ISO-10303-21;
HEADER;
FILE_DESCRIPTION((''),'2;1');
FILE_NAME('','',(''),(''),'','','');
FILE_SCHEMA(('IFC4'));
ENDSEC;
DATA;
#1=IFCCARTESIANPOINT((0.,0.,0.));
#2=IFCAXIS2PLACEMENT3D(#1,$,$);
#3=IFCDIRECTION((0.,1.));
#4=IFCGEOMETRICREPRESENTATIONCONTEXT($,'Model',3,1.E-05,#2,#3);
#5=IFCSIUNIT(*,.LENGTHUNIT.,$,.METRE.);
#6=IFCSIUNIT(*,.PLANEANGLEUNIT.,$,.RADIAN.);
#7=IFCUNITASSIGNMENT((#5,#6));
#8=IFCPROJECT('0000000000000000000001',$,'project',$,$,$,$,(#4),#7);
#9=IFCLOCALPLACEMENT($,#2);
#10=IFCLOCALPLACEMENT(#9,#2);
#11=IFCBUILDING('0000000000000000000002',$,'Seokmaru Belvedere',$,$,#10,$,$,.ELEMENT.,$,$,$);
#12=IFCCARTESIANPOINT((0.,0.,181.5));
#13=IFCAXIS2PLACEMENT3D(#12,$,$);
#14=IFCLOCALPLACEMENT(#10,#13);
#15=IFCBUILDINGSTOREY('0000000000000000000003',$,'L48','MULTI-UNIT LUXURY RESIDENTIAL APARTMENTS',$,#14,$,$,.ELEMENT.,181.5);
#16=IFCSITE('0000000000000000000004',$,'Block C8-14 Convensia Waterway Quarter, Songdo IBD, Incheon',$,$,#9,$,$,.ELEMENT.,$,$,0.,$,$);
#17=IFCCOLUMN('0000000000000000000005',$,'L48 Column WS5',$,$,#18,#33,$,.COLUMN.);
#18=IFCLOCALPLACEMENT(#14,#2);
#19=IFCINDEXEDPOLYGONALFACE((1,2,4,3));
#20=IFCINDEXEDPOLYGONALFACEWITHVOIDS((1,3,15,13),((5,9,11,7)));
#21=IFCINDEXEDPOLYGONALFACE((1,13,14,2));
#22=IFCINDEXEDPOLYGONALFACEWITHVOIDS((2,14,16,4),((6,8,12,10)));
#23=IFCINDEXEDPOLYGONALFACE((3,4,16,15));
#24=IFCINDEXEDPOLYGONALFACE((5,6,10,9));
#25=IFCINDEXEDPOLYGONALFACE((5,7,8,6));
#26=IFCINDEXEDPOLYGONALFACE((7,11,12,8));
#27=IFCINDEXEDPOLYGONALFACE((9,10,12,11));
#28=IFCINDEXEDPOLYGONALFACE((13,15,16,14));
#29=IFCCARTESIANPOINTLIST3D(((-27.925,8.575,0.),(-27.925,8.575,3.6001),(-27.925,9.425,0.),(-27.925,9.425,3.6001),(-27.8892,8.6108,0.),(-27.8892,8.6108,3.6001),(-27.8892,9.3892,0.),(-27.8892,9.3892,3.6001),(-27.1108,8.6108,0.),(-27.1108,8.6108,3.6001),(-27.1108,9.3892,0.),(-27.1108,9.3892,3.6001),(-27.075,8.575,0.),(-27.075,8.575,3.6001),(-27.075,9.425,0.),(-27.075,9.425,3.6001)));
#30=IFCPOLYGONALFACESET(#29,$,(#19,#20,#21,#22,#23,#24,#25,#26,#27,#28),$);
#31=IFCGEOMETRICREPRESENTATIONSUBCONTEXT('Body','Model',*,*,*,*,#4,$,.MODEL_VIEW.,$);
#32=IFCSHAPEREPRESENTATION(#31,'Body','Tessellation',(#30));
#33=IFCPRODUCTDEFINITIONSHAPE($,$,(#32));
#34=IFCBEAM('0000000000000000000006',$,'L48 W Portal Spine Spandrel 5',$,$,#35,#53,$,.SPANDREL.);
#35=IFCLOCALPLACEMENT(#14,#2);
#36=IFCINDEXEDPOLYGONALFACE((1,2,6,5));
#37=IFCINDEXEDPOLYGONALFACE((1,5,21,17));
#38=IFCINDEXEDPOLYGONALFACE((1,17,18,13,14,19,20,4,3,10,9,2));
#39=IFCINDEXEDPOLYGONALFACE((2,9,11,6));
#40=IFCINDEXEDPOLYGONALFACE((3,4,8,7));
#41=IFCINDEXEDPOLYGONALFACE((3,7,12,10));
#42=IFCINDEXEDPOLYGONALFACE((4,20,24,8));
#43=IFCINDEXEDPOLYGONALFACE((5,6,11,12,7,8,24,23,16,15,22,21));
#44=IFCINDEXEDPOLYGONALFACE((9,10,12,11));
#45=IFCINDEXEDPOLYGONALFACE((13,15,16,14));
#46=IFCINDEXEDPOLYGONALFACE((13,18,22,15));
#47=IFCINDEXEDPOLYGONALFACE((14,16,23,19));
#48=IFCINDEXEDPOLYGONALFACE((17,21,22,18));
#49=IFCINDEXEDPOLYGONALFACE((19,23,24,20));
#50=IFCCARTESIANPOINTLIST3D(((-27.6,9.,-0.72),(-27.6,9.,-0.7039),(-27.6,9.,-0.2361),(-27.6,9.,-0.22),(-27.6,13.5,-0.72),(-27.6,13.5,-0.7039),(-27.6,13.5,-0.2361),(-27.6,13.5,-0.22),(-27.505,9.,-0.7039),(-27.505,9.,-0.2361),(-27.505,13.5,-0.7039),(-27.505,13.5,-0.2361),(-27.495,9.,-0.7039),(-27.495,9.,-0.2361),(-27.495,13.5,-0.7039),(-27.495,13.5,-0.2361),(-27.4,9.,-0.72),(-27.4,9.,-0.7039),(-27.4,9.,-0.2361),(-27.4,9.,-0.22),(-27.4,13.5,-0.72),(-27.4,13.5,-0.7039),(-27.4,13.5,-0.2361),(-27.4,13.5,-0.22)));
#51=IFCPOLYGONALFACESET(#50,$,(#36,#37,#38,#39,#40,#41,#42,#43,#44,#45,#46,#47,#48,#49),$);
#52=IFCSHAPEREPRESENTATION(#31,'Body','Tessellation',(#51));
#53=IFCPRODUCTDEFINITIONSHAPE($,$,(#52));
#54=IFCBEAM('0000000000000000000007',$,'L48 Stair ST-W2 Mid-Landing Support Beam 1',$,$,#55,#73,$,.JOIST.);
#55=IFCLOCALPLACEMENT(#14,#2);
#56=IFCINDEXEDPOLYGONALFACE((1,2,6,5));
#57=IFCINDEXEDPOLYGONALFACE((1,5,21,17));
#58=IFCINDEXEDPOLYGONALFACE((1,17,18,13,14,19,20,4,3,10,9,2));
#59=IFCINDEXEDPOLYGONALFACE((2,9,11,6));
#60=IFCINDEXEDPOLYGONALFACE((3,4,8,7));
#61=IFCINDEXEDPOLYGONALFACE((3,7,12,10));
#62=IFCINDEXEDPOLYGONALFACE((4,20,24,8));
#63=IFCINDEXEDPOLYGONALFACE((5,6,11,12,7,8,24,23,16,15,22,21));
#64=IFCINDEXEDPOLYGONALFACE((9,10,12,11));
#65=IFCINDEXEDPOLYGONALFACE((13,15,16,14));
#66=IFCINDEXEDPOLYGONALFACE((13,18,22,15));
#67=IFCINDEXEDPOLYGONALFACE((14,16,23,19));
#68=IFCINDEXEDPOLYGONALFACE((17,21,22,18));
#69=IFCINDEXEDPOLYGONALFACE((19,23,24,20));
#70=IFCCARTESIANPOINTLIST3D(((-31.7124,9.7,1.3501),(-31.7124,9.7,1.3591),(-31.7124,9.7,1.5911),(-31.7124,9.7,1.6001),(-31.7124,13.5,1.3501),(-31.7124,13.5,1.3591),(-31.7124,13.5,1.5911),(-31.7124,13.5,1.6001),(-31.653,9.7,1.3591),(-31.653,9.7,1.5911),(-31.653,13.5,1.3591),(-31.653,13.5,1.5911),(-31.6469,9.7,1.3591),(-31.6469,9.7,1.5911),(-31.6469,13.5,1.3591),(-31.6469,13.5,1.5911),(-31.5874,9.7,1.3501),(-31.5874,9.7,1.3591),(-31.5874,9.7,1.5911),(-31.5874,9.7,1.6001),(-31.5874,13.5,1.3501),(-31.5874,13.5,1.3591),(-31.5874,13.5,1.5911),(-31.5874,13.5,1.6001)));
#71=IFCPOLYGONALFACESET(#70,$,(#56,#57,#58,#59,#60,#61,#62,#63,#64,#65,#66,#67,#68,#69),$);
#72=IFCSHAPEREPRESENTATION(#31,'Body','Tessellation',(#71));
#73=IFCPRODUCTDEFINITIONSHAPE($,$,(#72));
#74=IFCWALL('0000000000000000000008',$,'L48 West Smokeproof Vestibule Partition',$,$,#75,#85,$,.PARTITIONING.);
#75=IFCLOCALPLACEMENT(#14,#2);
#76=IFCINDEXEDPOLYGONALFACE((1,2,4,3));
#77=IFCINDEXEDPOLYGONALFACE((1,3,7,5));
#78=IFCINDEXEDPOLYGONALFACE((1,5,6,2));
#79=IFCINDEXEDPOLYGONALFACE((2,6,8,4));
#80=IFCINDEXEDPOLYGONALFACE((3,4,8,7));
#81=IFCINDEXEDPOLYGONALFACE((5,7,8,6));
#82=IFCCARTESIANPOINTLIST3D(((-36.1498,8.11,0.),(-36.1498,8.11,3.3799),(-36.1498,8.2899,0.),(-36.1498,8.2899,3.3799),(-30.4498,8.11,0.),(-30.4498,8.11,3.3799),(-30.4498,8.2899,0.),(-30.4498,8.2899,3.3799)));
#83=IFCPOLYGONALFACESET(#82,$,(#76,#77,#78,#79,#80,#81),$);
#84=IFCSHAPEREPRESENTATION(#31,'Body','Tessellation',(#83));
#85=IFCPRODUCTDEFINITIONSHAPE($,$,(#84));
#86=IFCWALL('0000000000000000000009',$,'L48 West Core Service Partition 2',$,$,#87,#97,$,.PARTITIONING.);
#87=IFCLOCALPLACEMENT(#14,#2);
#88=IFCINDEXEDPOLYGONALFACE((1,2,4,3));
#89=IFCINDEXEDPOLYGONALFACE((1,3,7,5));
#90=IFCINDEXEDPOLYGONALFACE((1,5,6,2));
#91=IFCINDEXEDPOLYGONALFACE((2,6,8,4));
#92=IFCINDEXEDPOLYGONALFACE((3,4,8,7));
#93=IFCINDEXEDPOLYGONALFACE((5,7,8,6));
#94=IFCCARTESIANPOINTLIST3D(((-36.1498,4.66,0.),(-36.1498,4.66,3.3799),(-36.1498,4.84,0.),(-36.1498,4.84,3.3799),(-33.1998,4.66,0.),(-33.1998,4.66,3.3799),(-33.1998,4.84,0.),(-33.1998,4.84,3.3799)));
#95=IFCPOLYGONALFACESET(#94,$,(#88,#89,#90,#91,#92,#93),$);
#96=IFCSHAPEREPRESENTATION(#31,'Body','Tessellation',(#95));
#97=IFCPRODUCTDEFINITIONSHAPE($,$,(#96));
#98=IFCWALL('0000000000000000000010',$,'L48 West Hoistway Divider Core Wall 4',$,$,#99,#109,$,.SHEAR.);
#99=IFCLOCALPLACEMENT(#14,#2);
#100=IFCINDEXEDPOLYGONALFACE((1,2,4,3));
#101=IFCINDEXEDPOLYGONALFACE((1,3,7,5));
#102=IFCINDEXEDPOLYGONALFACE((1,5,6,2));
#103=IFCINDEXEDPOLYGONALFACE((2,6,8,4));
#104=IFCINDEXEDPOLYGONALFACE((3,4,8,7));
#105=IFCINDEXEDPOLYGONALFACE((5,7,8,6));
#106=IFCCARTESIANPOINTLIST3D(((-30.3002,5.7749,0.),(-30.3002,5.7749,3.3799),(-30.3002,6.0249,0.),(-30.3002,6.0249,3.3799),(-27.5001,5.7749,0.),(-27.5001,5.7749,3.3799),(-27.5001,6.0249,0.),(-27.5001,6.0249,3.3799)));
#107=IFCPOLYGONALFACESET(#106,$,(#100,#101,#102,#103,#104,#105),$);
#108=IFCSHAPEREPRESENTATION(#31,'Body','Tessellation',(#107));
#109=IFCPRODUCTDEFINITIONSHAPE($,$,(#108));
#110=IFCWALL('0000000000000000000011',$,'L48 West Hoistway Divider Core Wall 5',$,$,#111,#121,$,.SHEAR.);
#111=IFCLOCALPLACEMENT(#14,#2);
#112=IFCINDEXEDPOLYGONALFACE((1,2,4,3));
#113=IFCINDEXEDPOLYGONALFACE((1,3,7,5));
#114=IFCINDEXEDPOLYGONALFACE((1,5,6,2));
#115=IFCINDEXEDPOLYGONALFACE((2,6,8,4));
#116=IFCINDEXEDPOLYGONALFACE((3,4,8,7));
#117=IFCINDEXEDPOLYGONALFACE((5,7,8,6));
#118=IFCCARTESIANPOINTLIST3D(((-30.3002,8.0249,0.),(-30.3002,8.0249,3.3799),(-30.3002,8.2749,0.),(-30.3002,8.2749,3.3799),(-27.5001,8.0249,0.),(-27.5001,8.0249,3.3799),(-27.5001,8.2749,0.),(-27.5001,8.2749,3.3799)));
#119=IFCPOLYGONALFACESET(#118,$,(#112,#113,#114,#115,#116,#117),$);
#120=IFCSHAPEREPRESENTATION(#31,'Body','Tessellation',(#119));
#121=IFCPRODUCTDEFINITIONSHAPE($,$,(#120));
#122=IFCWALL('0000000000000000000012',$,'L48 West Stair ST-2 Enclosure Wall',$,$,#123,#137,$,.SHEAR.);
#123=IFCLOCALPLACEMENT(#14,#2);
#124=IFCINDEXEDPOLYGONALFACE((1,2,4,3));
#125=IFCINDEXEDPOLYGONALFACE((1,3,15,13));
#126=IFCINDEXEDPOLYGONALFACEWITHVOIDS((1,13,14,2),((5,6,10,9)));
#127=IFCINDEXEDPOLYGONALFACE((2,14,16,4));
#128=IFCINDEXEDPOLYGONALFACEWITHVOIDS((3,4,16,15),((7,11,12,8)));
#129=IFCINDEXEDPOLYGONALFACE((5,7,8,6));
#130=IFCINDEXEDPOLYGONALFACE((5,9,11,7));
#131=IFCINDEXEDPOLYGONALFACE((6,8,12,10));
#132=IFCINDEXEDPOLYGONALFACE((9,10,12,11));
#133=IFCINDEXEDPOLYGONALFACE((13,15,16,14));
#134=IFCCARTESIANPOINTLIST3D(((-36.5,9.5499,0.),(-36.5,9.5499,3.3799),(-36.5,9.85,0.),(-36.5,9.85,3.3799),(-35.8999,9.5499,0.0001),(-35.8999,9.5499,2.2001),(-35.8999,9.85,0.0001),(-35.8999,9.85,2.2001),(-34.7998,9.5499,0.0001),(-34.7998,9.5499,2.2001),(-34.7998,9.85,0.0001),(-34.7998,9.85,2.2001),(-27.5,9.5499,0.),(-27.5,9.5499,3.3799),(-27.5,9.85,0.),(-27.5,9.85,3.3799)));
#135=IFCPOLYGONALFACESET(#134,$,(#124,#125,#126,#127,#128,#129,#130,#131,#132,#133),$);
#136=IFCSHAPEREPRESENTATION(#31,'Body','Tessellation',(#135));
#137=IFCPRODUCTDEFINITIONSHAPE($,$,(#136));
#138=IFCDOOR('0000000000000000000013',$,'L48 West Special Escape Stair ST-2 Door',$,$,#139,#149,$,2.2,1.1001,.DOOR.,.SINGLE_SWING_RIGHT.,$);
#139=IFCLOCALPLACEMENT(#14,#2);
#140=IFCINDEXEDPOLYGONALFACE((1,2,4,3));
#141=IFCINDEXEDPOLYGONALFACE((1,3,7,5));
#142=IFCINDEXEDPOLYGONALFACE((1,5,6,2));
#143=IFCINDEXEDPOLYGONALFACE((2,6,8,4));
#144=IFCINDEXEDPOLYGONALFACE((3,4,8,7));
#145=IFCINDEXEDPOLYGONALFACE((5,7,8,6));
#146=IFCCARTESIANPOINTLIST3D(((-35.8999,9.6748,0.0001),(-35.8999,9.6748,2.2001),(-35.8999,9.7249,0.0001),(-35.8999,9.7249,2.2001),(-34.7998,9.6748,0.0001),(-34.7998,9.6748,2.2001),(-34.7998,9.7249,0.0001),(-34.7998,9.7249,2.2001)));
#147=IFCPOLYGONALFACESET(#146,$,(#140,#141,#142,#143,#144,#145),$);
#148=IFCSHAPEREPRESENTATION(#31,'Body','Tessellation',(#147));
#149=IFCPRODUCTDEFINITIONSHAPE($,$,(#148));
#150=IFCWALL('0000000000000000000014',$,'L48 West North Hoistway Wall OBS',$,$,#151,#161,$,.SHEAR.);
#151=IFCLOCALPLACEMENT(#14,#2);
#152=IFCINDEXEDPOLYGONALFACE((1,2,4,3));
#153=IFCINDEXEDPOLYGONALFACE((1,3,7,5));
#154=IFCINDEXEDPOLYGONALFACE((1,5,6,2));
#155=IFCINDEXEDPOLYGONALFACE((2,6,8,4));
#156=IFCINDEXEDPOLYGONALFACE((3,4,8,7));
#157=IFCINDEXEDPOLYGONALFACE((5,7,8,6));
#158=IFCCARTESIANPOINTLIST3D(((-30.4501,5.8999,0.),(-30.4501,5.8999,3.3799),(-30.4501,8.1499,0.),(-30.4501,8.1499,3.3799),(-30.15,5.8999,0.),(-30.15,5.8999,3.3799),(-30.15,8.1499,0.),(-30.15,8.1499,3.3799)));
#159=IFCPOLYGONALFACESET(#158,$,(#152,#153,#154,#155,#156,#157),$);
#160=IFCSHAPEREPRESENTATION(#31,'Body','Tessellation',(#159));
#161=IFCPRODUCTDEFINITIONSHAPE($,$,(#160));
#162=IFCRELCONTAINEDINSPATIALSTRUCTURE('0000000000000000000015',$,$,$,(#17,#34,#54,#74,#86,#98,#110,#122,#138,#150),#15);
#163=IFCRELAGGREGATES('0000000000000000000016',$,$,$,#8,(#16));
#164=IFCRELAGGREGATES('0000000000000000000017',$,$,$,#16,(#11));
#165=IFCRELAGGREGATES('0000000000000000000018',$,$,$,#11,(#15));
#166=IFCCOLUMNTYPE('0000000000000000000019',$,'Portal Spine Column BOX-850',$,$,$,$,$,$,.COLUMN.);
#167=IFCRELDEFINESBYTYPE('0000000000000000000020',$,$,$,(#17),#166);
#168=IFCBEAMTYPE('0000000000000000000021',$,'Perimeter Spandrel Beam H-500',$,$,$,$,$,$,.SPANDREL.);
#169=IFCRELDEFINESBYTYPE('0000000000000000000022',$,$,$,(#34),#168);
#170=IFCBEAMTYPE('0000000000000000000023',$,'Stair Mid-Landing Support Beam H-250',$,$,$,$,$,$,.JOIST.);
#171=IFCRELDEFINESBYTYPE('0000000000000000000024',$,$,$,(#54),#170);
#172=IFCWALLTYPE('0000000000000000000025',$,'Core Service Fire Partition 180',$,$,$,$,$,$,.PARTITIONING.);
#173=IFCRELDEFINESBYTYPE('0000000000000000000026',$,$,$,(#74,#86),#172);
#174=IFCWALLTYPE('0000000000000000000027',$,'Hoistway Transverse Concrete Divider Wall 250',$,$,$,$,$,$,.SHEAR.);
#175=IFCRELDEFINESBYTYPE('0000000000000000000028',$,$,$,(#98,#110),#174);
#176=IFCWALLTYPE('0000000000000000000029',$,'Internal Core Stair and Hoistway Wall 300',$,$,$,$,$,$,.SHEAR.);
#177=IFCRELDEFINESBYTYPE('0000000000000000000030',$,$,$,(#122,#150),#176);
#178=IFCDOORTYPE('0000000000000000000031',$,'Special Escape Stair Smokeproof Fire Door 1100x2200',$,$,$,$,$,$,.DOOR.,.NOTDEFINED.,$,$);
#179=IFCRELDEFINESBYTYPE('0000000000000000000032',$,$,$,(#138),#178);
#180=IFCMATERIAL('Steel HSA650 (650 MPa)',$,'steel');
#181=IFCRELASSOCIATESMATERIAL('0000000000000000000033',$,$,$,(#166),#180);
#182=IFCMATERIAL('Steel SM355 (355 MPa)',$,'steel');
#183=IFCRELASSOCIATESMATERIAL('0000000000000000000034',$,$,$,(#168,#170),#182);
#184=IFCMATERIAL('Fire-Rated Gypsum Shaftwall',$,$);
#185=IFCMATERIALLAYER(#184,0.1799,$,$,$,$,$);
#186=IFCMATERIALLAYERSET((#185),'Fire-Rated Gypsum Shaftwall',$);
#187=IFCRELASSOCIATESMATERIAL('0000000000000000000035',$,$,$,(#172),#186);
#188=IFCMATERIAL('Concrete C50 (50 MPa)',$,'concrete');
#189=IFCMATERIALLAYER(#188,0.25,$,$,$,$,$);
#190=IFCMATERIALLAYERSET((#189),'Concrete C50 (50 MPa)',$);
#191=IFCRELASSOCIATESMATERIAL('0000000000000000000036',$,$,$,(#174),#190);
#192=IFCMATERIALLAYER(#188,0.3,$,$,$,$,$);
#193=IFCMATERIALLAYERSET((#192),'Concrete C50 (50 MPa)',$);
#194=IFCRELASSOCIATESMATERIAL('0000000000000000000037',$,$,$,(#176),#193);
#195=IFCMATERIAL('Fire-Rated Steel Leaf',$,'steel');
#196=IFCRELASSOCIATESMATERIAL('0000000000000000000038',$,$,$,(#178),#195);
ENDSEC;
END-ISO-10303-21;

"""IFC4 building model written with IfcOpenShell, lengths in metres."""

from ifc_helpers import new_model, si_unit, direction, frame, frame_2d, origin, origin_2d, place, context, subcontext, project, spatial, rectangle, hollow_rectangle, i_section, extrude, source, transform, mapped, material, layer, layer_set, material_profile, profile_set, type_object, type_shapes, element, fill, save


model = new_model("IFC4")

# Units and contexts
model_context = context("Model", 3, precision=1e-05, world=origin(), true_north=direction((0.0, 1.0)))
body_context = subcontext(model_context, "Body", "Model", "MODEL_VIEW")
ifc_project = project(units=[si_unit("LENGTHUNIT", "METRE"), si_unit("PLANEANGLEUNIT", "RADIAN")], contexts=[model_context])

# Site, building, storey
site_placement = place(None, origin())
site = spatial("IfcSite", under=ifc_project, at=site_placement, Name="Block C8-14 Convensia Waterway Quarter, Songdo IBD, Incheon", CompositionType="ELEMENT", RefElevation=0.0)
building_placement = place(site_placement, origin())
building = spatial("IfcBuilding", under=site, at=building_placement, Name="Seokmaru Belvedere", CompositionType="ELEMENT")
storey_placement = place(building_placement, frame((0.0, 0.0, 181.5)))
storey = spatial("IfcBuildingStorey", under=building, at=storey_placement, Name="L48", Description="MULTI-UNIT LUXURY RESIDENTIAL APARTMENTS", CompositionType="ELEMENT", Elevation=181.5)

# Column
ifc_material_1 = material(Name="Steel HSA650 (650 MPa)", Category="steel")
ifc_material_profile_1 = material_profile(ifc_material_1, hollow_rectangle(XDim=0.8501, YDim=0.8501, WallThickness=0.0359, at=origin_2d()), Name="BOX-850x850x36")
ifc_profile_set_1 = profile_set([ifc_material_profile_1], Name="Steel HSA650 (650 MPa)")
column_type = type_object("IfcColumnType", Name="Portal Spine Column BOX-850", PredefinedType="COLUMN", material=ifc_profile_set_1)
shared_shape_1 = source(origin(), body_context, "Body", "SweptSolid", [
    extrude(hollow_rectangle(XDim=0.8501, YDim=0.8501, WallThickness=0.0359, at=origin_2d()), origin(), (0.0, 0.0, 1.0), 3.6001),
])
type_shapes(column_type, [shared_shape_1])
column_placement = place(storey_placement, frame((-27.5, 9.0, 0.0), z_axis=(0.0, 0.0, 1.0), x_axis=(1.0, 0.0, 0.0)))
element("IfcColumn", 1, at=column_placement, inside=storey, type_object=column_type, Name="L48 Column WS5", PredefinedType="COLUMN", context=body_context, shape_type="MappedRepresentation", body=[
    mapped(shared_shape_1, transform((0.0, 0.0, 0.0), scale=1.0)),
])

# Beams
ifc_material_2 = material(Name="Steel SM355 (355 MPa)", Category="steel")
ifc_material_profile_2 = material_profile(ifc_material_2, i_section(OverallWidth=0.2, OverallDepth=0.5, WebThickness=0.01, FlangeThickness=0.0161, at=origin_2d()), Name="H-500x200x10x16")
ifc_profile_set_2 = profile_set([ifc_material_profile_2], Name="Steel SM355 (355 MPa)")
beam_type_1 = type_object("IfcBeamType", Name="Perimeter Spandrel Beam H-500", PredefinedType="SPANDREL", material=ifc_profile_set_2)
shared_shape_2 = source(origin(), body_context, "Body", "SweptSolid", [
    extrude(i_section(OverallWidth=0.2, OverallDepth=0.5, WebThickness=0.01, FlangeThickness=0.0161, at=origin_2d()), origin(), (0.0, 0.0, 1.0), 4.5),
])
type_shapes(beam_type_1, [shared_shape_2])
beam_1_placement = place(storey_placement, frame((-27.5, 9.0, -0.47), z_axis=(0.0, 1.0, 0.0), x_axis=(-1.0, 0.0, 0.0)))
element("IfcBeam", 2, at=beam_1_placement, inside=storey, type_object=beam_type_1, Name="L48 W Portal Spine Spandrel 5", PredefinedType="SPANDREL", context=body_context, shape_type="MappedRepresentation", body=[
    mapped(shared_shape_2, transform((0.0, 0.0, 0.0), scale=1.0)),
])
ifc_material_profile_3 = material_profile(ifc_material_2, i_section(OverallWidth=0.125, OverallDepth=0.25, WebThickness=0.0061, FlangeThickness=0.009, at=origin_2d()), Name="H-250x125x6x9")
ifc_profile_set_3 = profile_set([ifc_material_profile_3], Name="Steel SM355 (355 MPa)")
beam_type_2 = type_object("IfcBeamType", Name="Stair Mid-Landing Support Beam H-250", PredefinedType="JOIST", material=ifc_profile_set_3)
shared_shape_3 = source(origin(), body_context, "Body", "SweptSolid", [
    extrude(i_section(OverallWidth=0.125, OverallDepth=0.25, WebThickness=0.0061, FlangeThickness=0.009, at=origin_2d()), origin(), (0.0, 0.0, 1.0), 3.8),
])
type_shapes(beam_type_2, [shared_shape_3])
beam_2_placement = place(storey_placement, frame((-31.6499, 9.7, 1.4751), z_axis=(0.0, 1.0, 0.0), x_axis=(-1.0, 0.0, 0.0)))
element("IfcBeam", 3, at=beam_2_placement, inside=storey, type_object=beam_type_2, Name="L48 Stair ST-W2 Mid-Landing Support Beam 1", PredefinedType="JOIST", context=body_context, shape_type="MappedRepresentation", body=[
    mapped(shared_shape_3, transform((0.0, 0.0, 0.0), scale=1.0)),
])

# Walls
ifc_material_3 = material(Name="Fire-Rated Gypsum Shaftwall")
ifc_layer_1 = layer(ifc_material_3, 0.1799)
ifc_layer_set_1 = layer_set([ifc_layer_1], Name="Fire-Rated Gypsum Shaftwall")
wall_type_1 = type_object("IfcWallType", Name="Core Service Fire Partition 180", PredefinedType="PARTITIONING", material=ifc_layer_set_1)
wall_1_placement = place(storey_placement, frame((-36.1499, 8.2, 0.0), z_axis=(0.0, 0.0, 1.0), x_axis=(1.0, 0.0, 0.0)))
element("IfcWall", 4, at=wall_1_placement, inside=storey, type_object=wall_type_1, Name="L48 West Smokeproof Vestibule Partition", PredefinedType="PARTITIONING", context=body_context, shape_type="SweptSolid", body=[
    extrude(rectangle(XDim=5.7, YDim=0.1799, at=frame_2d((2.8501, 0.0))), origin(), (0.0, 0.0, 1.0), 3.3799),
])
wall_2_placement = place(storey_placement, frame((-36.1499, 4.75, 0.0), z_axis=(0.0, 0.0, 1.0), x_axis=(1.0, 0.0, 0.0)))
element("IfcWall", 5, at=wall_2_placement, inside=storey, type_object=wall_type_1, Name="L48 West Core Service Partition 2", PredefinedType="PARTITIONING", context=body_context, shape_type="SweptSolid", body=[
    extrude(rectangle(XDim=2.95, YDim=0.1799, at=frame_2d((1.4751, 0.0))), origin(), (0.0, 0.0, 1.0), 3.3799),
])
ifc_material_4 = material(Name="Concrete C50 (50 MPa)", Category="concrete")
ifc_layer_2 = layer(ifc_material_4, 0.25)
ifc_layer_set_2 = layer_set([ifc_layer_2], Name="Concrete C50 (50 MPa)")
wall_type_2 = type_object("IfcWallType", Name="Hoistway Transverse Concrete Divider Wall 250", PredefinedType="SHEAR", material=ifc_layer_set_2)
for number, where, z_axis, x_axis, name in (
    (6, (-30.3, 5.8999, 0.0), (0.0, 0.0, 1.0), (1.0, 0.0, 0.0), "L48 West Hoistway Divider Core Wall 4"),
    (7, (-30.3, 8.1499, 0.0), (0.0, 0.0, 1.0), (1.0, 0.0, 0.0), "L48 West Hoistway Divider Core Wall 5"),
):
    element("IfcWall", number, at=place(storey_placement, frame(where, z_axis=z_axis, x_axis=x_axis)), inside=storey, type_object=wall_type_2, Name=name, PredefinedType="SHEAR", context=body_context, shape_type="SweptSolid", body=[
        extrude(rectangle(XDim=2.8, YDim=0.25, at=frame_2d((1.3999, 0.0))), origin(), (0.0, 0.0, 1.0), 3.3799),
    ])

# Wall, opening, door
ifc_layer_3 = layer(ifc_material_4, 0.3)
ifc_layer_set_3 = layer_set([ifc_layer_3], Name="Concrete C50 (50 MPa)")
wall_type_3 = type_object("IfcWallType", Name="Internal Core Stair and Hoistway Wall 300", PredefinedType="SHEAR", material=ifc_layer_set_3)
wall_3_placement = place(storey_placement, frame((-36.5, 9.7, 0.0), z_axis=(0.0, 0.0, 1.0), x_axis=(1.0, 0.0, 0.0)))
wall_3 = element("IfcWall", 8, at=wall_3_placement, inside=storey, type_object=wall_type_3, Name="L48 West Stair ST-2 Enclosure Wall", PredefinedType="SHEAR", context=body_context, shape_type="SweptSolid", body=[
    extrude(rectangle(XDim=9.0, YDim=0.3, at=frame_2d((4.5, 0.0))), origin(), (0.0, 0.0, 1.0), 3.3799),
])
opening_1_placement = place(wall_3_placement, frame((0.6001, 0.0, 0.0)))
opening_1 = element("IfcOpeningElement", 9, at=opening_1_placement, cuts=wall_3, PredefinedType="OPENING", context=body_context, shape_type="SweptSolid", body=[
    extrude(rectangle(XDim=1.1001, YDim=2.2, at=frame_2d((0.55, 1.1001))), frame((0.0, 0.1602, 0.0), z_axis=(0.0, -1.0, 0.0), x_axis=(1.0, 0.0, 0.0)), (0.0, 0.0, 1.0), 0.3201),
])
ifc_material_5 = material(Name="Fire-Rated Steel Leaf", Category="steel")
door_type_1 = type_object("IfcDoorType", Name="Special Escape Stair Smokeproof Fire Door 1100x2200", OperationType="NOTDEFINED", PredefinedType="DOOR", material=ifc_material_5)
shared_shape_4 = source(origin(), body_context, "Body", "SweptSolid", [
    extrude(rectangle(XDim=1.1001, YDim=2.2, at=frame_2d((0.55, 1.1001))), frame((0.0, 0.0249, 0.0), z_axis=(0.0, -1.0, 0.0), x_axis=(1.0, 0.0, 0.0)), (0.0, 0.0, 1.0), 0.05),
])
type_shapes(door_type_1, [shared_shape_4])
door_1_placement = place(opening_1_placement, origin())
door_1 = element("IfcDoor", 10, at=door_1_placement, inside=storey, type_object=door_type_1, Name="L48 West Special Escape Stair ST-2 Door", OperationType="SINGLE_SWING_RIGHT", OverallHeight=2.2, OverallWidth=1.1001, PredefinedType="DOOR", context=body_context, shape_type="MappedRepresentation", body=[
    mapped(shared_shape_4, transform((0.0, 0.0, 0.0), scale=1.0)),
])
fill(opening_1, door_1)

# Wall
wall_4_placement = place(storey_placement, frame((-30.3, 5.8999, 0.0), z_axis=(0.0, 0.0, 1.0), x_axis=(0.0, 1.0, 0.0)))
element("IfcWall", 11, at=wall_4_placement, inside=storey, type_object=wall_type_3, Name="L48 West North Hoistway Wall OBS", PredefinedType="SHEAR", context=body_context, shape_type="SweptSolid", body=[
    extrude(rectangle(XDim=2.25, YDim=0.3, at=frame_2d((1.125, 0.0))), origin(), (0.0, 0.0, 1.0), 3.3799),
])

save(model, "model.ifc")
